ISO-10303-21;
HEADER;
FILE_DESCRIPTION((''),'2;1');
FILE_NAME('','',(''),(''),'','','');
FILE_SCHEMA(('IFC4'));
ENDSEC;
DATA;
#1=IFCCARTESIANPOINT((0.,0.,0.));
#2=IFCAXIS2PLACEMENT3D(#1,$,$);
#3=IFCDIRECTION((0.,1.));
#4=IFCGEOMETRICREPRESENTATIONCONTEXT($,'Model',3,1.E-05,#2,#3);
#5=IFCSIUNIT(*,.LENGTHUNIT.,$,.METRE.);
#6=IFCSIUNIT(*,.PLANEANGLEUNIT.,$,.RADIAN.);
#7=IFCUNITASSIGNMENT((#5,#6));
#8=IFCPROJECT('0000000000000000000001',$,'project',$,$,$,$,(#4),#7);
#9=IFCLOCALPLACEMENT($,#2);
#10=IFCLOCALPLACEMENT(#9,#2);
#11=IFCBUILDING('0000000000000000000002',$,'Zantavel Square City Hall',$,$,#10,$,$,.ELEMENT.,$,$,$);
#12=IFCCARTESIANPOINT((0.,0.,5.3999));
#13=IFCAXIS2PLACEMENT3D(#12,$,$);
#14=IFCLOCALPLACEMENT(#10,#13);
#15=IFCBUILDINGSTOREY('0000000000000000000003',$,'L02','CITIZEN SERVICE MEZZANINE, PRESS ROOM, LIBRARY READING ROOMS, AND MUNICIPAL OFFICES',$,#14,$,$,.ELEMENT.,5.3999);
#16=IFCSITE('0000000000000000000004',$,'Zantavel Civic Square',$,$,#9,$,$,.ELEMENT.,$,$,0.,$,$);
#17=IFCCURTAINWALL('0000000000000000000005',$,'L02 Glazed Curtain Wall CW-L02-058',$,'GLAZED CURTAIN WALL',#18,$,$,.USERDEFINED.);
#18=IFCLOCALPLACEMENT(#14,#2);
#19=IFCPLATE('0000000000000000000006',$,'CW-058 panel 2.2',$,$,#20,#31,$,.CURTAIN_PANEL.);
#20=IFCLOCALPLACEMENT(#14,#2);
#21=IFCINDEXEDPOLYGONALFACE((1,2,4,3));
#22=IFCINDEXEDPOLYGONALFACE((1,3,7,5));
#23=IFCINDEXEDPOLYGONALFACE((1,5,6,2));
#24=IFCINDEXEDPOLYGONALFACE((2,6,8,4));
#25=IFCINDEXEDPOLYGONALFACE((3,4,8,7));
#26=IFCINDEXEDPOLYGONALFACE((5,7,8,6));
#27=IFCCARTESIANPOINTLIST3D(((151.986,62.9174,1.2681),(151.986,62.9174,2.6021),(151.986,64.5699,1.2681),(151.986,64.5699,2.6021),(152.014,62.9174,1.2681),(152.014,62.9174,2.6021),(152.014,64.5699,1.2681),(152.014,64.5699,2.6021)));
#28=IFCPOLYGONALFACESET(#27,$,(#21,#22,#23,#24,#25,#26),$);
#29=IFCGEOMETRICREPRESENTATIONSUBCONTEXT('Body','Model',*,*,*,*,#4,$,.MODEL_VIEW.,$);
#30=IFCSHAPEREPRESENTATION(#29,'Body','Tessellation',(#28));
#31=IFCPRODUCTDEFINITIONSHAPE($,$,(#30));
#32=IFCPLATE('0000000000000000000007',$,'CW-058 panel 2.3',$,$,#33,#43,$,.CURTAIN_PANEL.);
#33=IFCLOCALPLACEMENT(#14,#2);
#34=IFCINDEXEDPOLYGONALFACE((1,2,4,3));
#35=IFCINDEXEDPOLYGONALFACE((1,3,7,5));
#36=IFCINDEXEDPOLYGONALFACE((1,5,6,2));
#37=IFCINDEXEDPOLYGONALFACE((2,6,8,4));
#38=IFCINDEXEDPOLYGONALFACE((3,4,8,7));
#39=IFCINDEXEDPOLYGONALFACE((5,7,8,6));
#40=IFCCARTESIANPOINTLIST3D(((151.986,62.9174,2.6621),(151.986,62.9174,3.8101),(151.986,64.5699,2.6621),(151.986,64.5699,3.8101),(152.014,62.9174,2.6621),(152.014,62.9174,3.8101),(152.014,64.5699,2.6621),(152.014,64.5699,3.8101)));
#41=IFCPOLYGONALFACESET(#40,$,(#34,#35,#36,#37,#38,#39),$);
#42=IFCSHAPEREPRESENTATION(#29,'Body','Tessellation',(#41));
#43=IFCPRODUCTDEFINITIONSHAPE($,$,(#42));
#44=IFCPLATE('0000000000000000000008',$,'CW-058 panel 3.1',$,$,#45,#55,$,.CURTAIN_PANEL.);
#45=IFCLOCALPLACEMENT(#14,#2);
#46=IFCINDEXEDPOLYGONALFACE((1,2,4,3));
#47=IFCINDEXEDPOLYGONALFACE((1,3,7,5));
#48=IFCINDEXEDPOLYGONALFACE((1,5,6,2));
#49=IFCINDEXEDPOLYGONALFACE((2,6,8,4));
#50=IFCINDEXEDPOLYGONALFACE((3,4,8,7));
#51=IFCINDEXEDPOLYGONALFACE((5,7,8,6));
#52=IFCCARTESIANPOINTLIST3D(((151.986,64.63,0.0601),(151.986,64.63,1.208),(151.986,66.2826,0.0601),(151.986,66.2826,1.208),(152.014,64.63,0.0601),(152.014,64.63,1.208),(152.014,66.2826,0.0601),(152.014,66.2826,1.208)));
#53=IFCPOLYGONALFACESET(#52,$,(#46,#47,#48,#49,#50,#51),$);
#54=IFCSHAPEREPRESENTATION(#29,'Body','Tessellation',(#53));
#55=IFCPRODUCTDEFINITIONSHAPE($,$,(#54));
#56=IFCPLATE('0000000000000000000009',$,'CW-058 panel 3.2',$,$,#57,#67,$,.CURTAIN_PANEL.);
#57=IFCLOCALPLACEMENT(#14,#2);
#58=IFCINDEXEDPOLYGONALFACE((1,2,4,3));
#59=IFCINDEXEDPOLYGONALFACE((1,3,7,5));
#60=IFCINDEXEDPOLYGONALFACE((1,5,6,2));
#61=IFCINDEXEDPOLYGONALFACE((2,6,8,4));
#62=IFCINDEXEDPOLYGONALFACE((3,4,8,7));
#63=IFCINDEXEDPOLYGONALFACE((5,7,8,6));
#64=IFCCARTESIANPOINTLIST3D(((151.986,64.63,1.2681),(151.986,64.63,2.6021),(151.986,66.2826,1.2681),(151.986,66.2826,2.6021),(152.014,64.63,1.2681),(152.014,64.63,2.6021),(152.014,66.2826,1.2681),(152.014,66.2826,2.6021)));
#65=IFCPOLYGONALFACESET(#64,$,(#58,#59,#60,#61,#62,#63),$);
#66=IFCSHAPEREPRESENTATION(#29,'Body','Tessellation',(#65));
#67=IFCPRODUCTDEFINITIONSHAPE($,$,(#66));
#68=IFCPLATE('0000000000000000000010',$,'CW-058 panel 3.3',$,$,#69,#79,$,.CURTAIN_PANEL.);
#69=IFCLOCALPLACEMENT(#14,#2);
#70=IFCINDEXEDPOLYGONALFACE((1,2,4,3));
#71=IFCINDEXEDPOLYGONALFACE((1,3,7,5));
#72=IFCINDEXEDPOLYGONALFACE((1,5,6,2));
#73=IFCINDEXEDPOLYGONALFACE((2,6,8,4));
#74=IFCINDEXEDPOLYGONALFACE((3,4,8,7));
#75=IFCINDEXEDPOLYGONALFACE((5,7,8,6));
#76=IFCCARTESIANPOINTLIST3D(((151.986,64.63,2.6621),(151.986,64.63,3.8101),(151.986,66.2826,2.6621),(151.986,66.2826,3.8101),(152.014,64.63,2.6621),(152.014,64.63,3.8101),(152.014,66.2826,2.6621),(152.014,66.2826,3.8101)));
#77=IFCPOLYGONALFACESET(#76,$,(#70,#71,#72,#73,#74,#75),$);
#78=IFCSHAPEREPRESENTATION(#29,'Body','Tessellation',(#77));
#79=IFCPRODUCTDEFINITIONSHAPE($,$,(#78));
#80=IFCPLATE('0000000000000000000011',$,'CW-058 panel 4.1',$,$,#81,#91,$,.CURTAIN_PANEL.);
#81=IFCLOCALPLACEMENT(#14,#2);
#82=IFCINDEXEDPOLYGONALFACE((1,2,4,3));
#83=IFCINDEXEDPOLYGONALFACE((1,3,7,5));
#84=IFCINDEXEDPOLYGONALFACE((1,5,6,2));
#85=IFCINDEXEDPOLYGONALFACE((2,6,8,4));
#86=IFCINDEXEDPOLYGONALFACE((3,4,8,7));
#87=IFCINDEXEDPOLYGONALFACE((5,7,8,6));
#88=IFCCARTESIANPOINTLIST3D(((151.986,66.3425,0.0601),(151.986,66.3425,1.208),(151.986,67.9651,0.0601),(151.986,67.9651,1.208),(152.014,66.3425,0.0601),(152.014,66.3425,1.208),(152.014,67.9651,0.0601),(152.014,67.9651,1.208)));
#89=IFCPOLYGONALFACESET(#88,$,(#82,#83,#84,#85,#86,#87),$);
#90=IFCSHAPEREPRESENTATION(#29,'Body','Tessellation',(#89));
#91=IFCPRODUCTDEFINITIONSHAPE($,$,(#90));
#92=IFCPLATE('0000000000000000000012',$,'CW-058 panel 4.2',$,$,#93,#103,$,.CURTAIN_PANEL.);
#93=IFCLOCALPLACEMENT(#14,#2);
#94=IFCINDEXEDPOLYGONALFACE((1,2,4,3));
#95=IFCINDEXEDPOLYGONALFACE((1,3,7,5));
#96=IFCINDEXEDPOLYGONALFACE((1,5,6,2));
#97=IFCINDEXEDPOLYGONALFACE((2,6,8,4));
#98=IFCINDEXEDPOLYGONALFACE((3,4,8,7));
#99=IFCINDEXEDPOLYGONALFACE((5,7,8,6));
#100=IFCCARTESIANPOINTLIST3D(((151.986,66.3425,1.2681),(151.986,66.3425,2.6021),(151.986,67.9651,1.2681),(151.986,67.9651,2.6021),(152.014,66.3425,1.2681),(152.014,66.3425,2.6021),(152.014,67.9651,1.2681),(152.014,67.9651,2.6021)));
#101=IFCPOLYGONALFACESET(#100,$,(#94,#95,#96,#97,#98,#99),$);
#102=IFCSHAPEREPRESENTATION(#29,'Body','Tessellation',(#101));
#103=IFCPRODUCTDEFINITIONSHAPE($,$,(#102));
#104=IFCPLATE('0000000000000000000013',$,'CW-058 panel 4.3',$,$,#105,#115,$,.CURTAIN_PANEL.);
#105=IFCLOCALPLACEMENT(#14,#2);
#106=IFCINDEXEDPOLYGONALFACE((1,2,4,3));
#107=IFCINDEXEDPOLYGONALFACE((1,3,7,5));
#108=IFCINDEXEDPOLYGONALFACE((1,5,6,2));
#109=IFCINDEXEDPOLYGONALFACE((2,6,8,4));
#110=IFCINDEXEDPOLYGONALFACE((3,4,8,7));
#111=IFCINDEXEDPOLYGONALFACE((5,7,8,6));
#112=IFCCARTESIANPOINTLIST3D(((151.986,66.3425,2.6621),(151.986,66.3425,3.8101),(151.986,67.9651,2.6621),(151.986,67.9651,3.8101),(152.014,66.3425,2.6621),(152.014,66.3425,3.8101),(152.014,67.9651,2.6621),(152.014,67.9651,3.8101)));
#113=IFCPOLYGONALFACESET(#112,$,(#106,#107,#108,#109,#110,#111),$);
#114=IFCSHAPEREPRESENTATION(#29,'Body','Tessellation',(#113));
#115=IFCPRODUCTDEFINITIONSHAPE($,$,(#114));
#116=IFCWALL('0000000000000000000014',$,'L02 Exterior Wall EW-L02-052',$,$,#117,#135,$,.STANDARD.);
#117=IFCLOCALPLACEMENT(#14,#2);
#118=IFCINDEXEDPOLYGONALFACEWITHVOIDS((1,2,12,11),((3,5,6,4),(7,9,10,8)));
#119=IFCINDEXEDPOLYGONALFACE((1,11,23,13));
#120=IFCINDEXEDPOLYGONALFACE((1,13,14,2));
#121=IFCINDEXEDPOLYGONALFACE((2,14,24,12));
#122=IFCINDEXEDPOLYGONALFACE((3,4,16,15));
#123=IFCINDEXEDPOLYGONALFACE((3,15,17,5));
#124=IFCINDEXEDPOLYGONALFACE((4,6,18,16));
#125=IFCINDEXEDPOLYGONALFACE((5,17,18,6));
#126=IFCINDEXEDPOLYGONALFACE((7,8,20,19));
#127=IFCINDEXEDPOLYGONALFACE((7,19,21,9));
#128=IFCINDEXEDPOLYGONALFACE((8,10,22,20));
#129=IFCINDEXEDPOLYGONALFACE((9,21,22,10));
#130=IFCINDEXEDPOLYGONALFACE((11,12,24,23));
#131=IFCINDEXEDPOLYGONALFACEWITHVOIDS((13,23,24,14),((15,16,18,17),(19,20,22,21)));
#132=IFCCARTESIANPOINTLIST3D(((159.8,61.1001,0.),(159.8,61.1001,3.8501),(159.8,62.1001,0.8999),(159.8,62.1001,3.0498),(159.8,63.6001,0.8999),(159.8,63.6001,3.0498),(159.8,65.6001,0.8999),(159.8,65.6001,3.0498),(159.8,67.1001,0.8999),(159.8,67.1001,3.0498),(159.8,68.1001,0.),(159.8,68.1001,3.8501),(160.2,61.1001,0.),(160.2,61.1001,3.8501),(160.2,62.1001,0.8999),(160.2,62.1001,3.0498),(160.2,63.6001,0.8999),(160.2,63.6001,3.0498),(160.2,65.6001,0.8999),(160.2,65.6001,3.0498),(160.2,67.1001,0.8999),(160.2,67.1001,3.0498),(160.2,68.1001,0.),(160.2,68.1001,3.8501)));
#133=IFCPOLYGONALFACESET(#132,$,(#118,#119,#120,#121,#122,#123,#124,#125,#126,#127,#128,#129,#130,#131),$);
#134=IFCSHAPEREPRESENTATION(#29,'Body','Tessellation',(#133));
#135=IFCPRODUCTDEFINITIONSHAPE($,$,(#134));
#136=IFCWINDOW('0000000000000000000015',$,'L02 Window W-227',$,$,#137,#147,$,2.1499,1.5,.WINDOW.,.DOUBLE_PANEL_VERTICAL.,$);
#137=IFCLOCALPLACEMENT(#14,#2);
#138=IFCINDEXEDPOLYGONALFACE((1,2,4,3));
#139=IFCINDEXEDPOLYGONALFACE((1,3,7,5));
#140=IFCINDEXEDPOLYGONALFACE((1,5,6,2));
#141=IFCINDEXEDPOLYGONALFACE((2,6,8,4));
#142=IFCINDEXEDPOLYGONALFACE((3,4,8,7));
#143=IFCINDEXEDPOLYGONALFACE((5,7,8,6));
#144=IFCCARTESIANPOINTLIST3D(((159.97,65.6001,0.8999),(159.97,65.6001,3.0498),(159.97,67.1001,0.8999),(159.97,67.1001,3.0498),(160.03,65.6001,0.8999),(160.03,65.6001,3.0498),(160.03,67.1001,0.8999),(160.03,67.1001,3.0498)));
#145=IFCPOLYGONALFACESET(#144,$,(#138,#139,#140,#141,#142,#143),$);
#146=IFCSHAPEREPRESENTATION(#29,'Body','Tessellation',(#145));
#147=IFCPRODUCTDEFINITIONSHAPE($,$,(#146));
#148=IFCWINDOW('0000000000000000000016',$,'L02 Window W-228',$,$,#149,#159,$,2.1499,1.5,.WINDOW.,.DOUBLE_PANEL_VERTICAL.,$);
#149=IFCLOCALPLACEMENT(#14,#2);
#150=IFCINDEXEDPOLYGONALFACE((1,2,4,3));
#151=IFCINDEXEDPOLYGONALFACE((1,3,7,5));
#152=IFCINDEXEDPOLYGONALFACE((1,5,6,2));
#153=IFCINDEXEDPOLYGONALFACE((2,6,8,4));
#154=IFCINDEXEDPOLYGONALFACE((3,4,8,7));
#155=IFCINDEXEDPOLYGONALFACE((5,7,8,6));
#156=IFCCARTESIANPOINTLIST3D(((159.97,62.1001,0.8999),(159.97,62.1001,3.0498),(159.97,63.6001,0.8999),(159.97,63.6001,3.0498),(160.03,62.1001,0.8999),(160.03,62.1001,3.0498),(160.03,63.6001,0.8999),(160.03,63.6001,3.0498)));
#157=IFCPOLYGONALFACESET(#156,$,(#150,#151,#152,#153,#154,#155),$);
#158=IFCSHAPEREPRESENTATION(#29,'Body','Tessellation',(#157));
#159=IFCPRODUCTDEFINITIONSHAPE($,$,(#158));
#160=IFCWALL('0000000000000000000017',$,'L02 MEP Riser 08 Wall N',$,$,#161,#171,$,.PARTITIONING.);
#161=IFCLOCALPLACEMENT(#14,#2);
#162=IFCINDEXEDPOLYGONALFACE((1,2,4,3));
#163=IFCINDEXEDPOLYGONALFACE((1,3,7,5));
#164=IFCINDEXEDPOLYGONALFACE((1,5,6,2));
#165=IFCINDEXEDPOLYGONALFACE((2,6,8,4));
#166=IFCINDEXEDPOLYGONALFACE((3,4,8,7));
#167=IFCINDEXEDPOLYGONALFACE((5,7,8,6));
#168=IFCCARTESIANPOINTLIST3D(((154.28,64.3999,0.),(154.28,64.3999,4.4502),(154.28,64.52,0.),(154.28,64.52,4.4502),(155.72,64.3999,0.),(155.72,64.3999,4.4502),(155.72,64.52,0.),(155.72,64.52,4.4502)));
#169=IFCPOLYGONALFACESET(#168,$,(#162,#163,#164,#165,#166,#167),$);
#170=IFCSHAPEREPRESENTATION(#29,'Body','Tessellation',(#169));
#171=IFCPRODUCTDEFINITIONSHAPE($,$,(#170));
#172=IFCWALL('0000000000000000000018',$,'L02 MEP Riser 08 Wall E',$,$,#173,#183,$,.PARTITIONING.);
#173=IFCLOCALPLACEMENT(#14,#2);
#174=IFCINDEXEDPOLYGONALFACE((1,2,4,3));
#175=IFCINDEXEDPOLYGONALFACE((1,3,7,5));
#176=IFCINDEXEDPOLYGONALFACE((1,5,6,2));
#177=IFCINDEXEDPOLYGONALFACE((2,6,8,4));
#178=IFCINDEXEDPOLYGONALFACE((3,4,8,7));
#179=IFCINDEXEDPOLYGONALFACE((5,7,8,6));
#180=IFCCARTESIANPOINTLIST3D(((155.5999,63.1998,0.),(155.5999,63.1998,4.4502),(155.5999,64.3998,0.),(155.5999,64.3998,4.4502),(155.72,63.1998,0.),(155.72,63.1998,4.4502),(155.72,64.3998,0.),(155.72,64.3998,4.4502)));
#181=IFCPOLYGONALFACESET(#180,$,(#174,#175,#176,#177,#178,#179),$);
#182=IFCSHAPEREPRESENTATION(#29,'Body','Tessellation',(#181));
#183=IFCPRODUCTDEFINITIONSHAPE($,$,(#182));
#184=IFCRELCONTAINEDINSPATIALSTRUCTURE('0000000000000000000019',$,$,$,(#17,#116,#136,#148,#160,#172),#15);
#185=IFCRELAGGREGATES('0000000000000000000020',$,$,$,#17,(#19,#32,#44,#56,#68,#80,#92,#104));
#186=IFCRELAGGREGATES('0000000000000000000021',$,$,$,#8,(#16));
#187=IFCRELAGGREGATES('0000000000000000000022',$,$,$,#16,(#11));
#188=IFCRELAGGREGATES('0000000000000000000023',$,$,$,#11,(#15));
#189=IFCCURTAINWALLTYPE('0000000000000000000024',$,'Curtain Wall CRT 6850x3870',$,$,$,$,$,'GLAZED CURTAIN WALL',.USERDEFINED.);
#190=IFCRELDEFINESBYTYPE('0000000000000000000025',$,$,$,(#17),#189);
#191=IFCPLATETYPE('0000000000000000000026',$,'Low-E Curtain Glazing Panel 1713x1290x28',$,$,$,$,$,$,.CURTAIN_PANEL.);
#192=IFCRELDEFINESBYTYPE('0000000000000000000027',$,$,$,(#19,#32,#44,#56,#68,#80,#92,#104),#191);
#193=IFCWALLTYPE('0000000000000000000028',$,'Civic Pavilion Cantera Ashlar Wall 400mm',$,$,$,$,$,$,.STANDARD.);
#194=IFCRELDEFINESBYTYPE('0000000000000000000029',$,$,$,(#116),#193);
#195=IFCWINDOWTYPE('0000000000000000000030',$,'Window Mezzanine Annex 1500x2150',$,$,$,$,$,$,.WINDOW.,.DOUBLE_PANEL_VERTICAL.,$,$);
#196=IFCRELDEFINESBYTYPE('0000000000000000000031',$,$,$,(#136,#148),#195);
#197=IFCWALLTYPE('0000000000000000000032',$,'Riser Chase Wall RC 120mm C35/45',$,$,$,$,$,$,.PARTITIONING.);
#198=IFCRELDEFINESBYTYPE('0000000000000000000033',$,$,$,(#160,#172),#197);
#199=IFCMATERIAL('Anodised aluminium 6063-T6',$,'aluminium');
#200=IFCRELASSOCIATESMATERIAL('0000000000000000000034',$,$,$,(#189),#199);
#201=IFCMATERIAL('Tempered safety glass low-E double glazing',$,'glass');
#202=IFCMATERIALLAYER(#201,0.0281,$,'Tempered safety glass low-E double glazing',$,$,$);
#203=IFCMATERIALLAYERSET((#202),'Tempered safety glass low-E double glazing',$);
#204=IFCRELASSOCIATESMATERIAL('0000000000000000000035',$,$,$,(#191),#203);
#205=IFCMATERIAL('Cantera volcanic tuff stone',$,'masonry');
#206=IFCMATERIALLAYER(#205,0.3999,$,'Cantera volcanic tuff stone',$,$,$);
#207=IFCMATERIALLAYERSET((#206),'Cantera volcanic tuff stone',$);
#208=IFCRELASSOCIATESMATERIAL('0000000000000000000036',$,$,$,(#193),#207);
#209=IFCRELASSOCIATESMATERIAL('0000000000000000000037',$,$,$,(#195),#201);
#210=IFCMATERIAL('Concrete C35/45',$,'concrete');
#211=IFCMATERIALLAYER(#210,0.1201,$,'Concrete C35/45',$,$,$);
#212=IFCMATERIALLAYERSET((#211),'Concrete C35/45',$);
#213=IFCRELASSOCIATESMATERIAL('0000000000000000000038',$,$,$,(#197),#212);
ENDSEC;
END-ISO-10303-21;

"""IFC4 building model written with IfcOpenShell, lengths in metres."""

from ifc_helpers import new_model, si_unit, direction, frame, frame_2d, origin, origin_2d, place, context, subcontext, project, spatial, rectangle, extrude, material, layer, layer_set, type_object, element, fill, aggregate, save


model = new_model("IFC4")

# Units and contexts
model_context = context("Model", 3, precision=1e-05, world=origin(), true_north=direction((0.0, 1.0)))
body_context = subcontext(model_context, "Body", "Model", "MODEL_VIEW")
ifc_project = project(units=[si_unit("LENGTHUNIT", "METRE"), si_unit("PLANEANGLEUNIT", "RADIAN")], contexts=[model_context])

# Site, building, storey
site_placement = place(None, origin())
site = spatial("IfcSite", under=ifc_project, at=site_placement, Name="Zantavel Civic Square", CompositionType="ELEMENT", RefElevation=0.0)
building_placement = place(site_placement, origin())
building = spatial("IfcBuilding", under=site, at=building_placement, Name="Zantavel Square City Hall", CompositionType="ELEMENT")
storey_placement = place(building_placement, frame((0.0, 0.0, 5.3999)))
storey = spatial("IfcBuildingStorey", under=building, at=storey_placement, Name="L02", Description="CITIZEN SERVICE MEZZANINE, PRESS ROOM, LIBRARY READING ROOMS, AND MUNICIPAL OFFICES", CompositionType="ELEMENT", Elevation=5.3999)

# Curtain wall, plates
ifc_material_1 = material(Name="Anodised aluminium 6063-T6", Category="aluminium")
curtain_wall_type = type_object("IfcCurtainWallType", Name="Curtain Wall CRT 6850x3870", ElementType="GLAZED CURTAIN WALL", PredefinedType="USERDEFINED", material=ifc_material_1)
curtain_wall_placement = place(storey_placement, origin())
curtain_wall = element("IfcCurtainWall", 1, at=curtain_wall_placement, inside=storey, type_object=curtain_wall_type, Name="L02 Glazed Curtain Wall CW-L02-058", ObjectType="GLAZED CURTAIN WALL", PredefinedType="USERDEFINED")
ifc_material_2 = material(Name="Tempered safety glass low-E double glazing", Category="glass")
ifc_layer_1 = layer(ifc_material_2, 0.0281, Name="Tempered safety glass low-E double glazing")
ifc_layer_set_1 = layer_set([ifc_layer_1], Name="Tempered safety glass low-E double glazing")
plate_type = type_object("IfcPlateType", Name="Low-E Curtain Glazing Panel 1713x1290x28", PredefinedType="CURTAIN_PANEL", material=ifc_layer_set_1)
plate_1_placement = place(storey_placement, frame((152.0, 63.7437, 1.2681), z_axis=(0.0, 0.0, 1.0), x_axis=(0.0, 1.0, 0.0)))
plate_1 = element("IfcPlate", 2, at=plate_1_placement, type_object=plate_type, Name="CW-058 panel 2.2", PredefinedType="CURTAIN_PANEL", context=body_context, shape_type="SweptSolid", body=[
    extrude(rectangle(XDim=1.6526, YDim=0.0281, at=origin_2d()), origin(), (0.0, 0.0, 1.0), 1.334),
])
plate_2_placement = place(storey_placement, frame((152.0, 63.7437, 2.6621), z_axis=(0.0, 0.0, 1.0), x_axis=(0.0, 1.0, 0.0)))
plate_2 = element("IfcPlate", 3, at=plate_2_placement, type_object=plate_type, Name="CW-058 panel 2.3", PredefinedType="CURTAIN_PANEL", context=body_context, shape_type="SweptSolid", body=[
    extrude(rectangle(XDim=1.6526, YDim=0.0281, at=origin_2d()), origin(), (0.0, 0.0, 1.0), 1.1479),
])
plate_3_placement = place(storey_placement, frame((152.0, 65.4563, 0.0601), z_axis=(0.0, 0.0, 1.0), x_axis=(0.0, 1.0, 0.0)))
plate_3 = element("IfcPlate", 4, at=plate_3_placement, type_object=plate_type, Name="CW-058 panel 3.1", PredefinedType="CURTAIN_PANEL", context=body_context, shape_type="SweptSolid", body=[
    extrude(rectangle(XDim=1.6526, YDim=0.0281, at=origin_2d()), origin(), (0.0, 0.0, 1.0), 1.1479),
])
plate_4_placement = place(storey_placement, frame((152.0, 65.4563, 1.2681), z_axis=(0.0, 0.0, 1.0), x_axis=(0.0, 1.0, 0.0)))
plate_4 = element("IfcPlate", 5, at=plate_4_placement, type_object=plate_type, Name="CW-058 panel 3.2", PredefinedType="CURTAIN_PANEL", context=body_context, shape_type="SweptSolid", body=[
    extrude(rectangle(XDim=1.6526, YDim=0.0281, at=origin_2d()), origin(), (0.0, 0.0, 1.0), 1.334),
])
plate_5_placement = place(storey_placement, frame((152.0, 65.4563, 2.6621), z_axis=(0.0, 0.0, 1.0), x_axis=(0.0, 1.0, 0.0)))
plate_5 = element("IfcPlate", 6, at=plate_5_placement, type_object=plate_type, Name="CW-058 panel 3.3", PredefinedType="CURTAIN_PANEL", context=body_context, shape_type="SweptSolid", body=[
    extrude(rectangle(XDim=1.6526, YDim=0.0281, at=origin_2d()), origin(), (0.0, 0.0, 1.0), 1.1479),
])
plate_6_placement = place(storey_placement, frame((152.0, 67.1538, 0.0601), z_axis=(0.0, 0.0, 1.0), x_axis=(0.0, 1.0, 0.0)))
plate_6 = element("IfcPlate", 7, at=plate_6_placement, type_object=plate_type, Name="CW-058 panel 4.1", PredefinedType="CURTAIN_PANEL", context=body_context, shape_type="SweptSolid", body=[
    extrude(rectangle(XDim=1.6226, YDim=0.0281, at=origin_2d()), origin(), (0.0, 0.0, 1.0), 1.1479),
])
plate_7_placement = place(storey_placement, frame((152.0, 67.1538, 1.2681), z_axis=(0.0, 0.0, 1.0), x_axis=(0.0, 1.0, 0.0)))
plate_7 = element("IfcPlate", 8, at=plate_7_placement, type_object=plate_type, Name="CW-058 panel 4.2", PredefinedType="CURTAIN_PANEL", context=body_context, shape_type="SweptSolid", body=[
    extrude(rectangle(XDim=1.6226, YDim=0.0281, at=origin_2d()), origin(), (0.0, 0.0, 1.0), 1.334),
])
plate_8_placement = place(storey_placement, frame((152.0, 67.1538, 2.6621), z_axis=(0.0, 0.0, 1.0), x_axis=(0.0, 1.0, 0.0)))
plate_8 = element("IfcPlate", 9, at=plate_8_placement, type_object=plate_type, Name="CW-058 panel 4.3", PredefinedType="CURTAIN_PANEL", context=body_context, shape_type="SweptSolid", body=[
    extrude(rectangle(XDim=1.6226, YDim=0.0281, at=origin_2d()), origin(), (0.0, 0.0, 1.0), 1.1479),
])
aggregate(curtain_wall, [plate_1, plate_2, plate_3, plate_4, plate_5, plate_6, plate_7, plate_8])

# Wall, openings, windows
ifc_material_3 = material(Name="Cantera volcanic tuff stone", Category="masonry")
ifc_layer_2 = layer(ifc_material_3, 0.3999, Name="Cantera volcanic tuff stone")
ifc_layer_set_2 = layer_set([ifc_layer_2], Name="Cantera volcanic tuff stone")
wall_type_1 = type_object("IfcWallType", Name="Civic Pavilion Cantera Ashlar Wall 400mm", PredefinedType="STANDARD", material=ifc_layer_set_2)
wall_1_placement = place(storey_placement, frame((160.0, 68.1001, 0.0), z_axis=(0.0, 0.0, 1.0), x_axis=(0.0, -1.0, 0.0)))
wall_1 = element("IfcWall", 10, at=wall_1_placement, inside=storey, type_object=wall_type_1, Name="L02 Exterior Wall EW-L02-052", PredefinedType="STANDARD", context=body_context, shape_type="SweptSolid", body=[
    extrude(rectangle(XDim=7.0, YDim=0.3999, at=frame_2d((3.5, 0.0))), origin(), (0.0, 0.0, 1.0), 3.8501),
])
opening_1_placement = place(wall_1_placement, frame((1.0, 0.0, 0.8999)))
opening_1 = element("IfcOpeningElement", 11, at=opening_1_placement, cuts=wall_1, PredefinedType="OPENING", context=body_context, shape_type="SweptSolid", body=[
    extrude(rectangle(XDim=1.5, YDim=2.1499, at=frame_2d((0.75, 1.075))), frame((0.0, 0.21, 0.0), z_axis=(0.0, -1.0, 0.0), x_axis=(1.0, 0.0, 0.0)), (0.0, 0.0, 1.0), 0.4199),
])
opening_2_placement = place(wall_1_placement, frame((4.5, 0.0, 0.8999)))
opening_2 = element("IfcOpeningElement", 12, at=opening_2_placement, cuts=wall_1, PredefinedType="OPENING", context=body_context, shape_type="SweptSolid", body=[
    extrude(rectangle(XDim=1.5, YDim=2.1499, at=frame_2d((0.75, 1.075))), frame((0.0, 0.21, 0.0), z_axis=(0.0, -1.0, 0.0), x_axis=(1.0, 0.0, 0.0)), (0.0, 0.0, 1.0), 0.4199),
])
window_type = type_object("IfcWindowType", Name="Window Mezzanine Annex 1500x2150", PartitioningType="DOUBLE_PANEL_VERTICAL", PredefinedType="WINDOW", material=ifc_material_2)
window_1_placement = place(opening_1_placement, origin())
window_1 = element("IfcWindow", 13, at=window_1_placement, inside=storey, type_object=window_type, Name="L02 Window W-227", OverallHeight=2.1499, OverallWidth=1.5, PartitioningType="DOUBLE_PANEL_VERTICAL", PredefinedType="WINDOW", context=body_context, shape_type="SweptSolid", body=[
    extrude(rectangle(XDim=1.5, YDim=2.1499, at=frame_2d((0.75, 1.075))), frame((0.0, 0.03, 0.0), z_axis=(0.0, -1.0, 0.0), x_axis=(1.0, 0.0, 0.0)), (0.0, 0.0, 1.0), 0.0601),
])
fill(opening_1, window_1)
window_2_placement = place(opening_2_placement, origin())
window_2 = element("IfcWindow", 14, at=window_2_placement, inside=storey, type_object=window_type, Name="L02 Window W-228", OverallHeight=2.1499, OverallWidth=1.5, PartitioningType="DOUBLE_PANEL_VERTICAL", PredefinedType="WINDOW", context=body_context, shape_type="SweptSolid", body=[
    extrude(rectangle(XDim=1.5, YDim=2.1499, at=frame_2d((0.75, 1.075))), frame((0.0, 0.03, 0.0), z_axis=(0.0, -1.0, 0.0), x_axis=(1.0, 0.0, 0.0)), (0.0, 0.0, 1.0), 0.0601),
])
fill(opening_2, window_2)

# Walls
ifc_material_4 = material(Name="Concrete C35/45", Category="concrete")
ifc_layer_3 = layer(ifc_material_4, 0.1201, Name="Concrete C35/45")
ifc_layer_set_3 = layer_set([ifc_layer_3], Name="Concrete C35/45")
wall_type_2 = type_object("IfcWallType", Name="Riser Chase Wall RC 120mm C35/45", PredefinedType="PARTITIONING", material=ifc_layer_set_3)
wall_2_placement = place(storey_placement, frame((154.28, 64.46, 0.0), z_axis=(0.0, 0.0, 1.0), x_axis=(1.0, 0.0, 0.0)))
element("IfcWall", 15, at=wall_2_placement, inside=storey, type_object=wall_type_2, Name="L02 MEP Riser 08 Wall N", PredefinedType="PARTITIONING", context=body_context, shape_type="SweptSolid", body=[
    extrude(rectangle(XDim=1.4399, YDim=0.1201, at=frame_2d((0.72, 0.0))), origin(), (0.0, 0.0, 1.0), 4.4502),
])
wall_3_placement = place(storey_placement, frame((155.6599, 64.3999, 0.0), z_axis=(0.0, 0.0, 1.0), x_axis=(0.0, -1.0, 0.0)))
element("IfcWall", 16, at=wall_3_placement, inside=storey, type_object=wall_type_2, Name="L02 MEP Riser 08 Wall E", PredefinedType="PARTITIONING", context=body_context, shape_type="SweptSolid", body=[
    extrude(rectangle(XDim=1.2, YDim=0.1201, at=frame_2d((0.6001, 0.0))), origin(), (0.0, 0.0, 1.0), 4.4502),
])

save(model, "model.ifc")
